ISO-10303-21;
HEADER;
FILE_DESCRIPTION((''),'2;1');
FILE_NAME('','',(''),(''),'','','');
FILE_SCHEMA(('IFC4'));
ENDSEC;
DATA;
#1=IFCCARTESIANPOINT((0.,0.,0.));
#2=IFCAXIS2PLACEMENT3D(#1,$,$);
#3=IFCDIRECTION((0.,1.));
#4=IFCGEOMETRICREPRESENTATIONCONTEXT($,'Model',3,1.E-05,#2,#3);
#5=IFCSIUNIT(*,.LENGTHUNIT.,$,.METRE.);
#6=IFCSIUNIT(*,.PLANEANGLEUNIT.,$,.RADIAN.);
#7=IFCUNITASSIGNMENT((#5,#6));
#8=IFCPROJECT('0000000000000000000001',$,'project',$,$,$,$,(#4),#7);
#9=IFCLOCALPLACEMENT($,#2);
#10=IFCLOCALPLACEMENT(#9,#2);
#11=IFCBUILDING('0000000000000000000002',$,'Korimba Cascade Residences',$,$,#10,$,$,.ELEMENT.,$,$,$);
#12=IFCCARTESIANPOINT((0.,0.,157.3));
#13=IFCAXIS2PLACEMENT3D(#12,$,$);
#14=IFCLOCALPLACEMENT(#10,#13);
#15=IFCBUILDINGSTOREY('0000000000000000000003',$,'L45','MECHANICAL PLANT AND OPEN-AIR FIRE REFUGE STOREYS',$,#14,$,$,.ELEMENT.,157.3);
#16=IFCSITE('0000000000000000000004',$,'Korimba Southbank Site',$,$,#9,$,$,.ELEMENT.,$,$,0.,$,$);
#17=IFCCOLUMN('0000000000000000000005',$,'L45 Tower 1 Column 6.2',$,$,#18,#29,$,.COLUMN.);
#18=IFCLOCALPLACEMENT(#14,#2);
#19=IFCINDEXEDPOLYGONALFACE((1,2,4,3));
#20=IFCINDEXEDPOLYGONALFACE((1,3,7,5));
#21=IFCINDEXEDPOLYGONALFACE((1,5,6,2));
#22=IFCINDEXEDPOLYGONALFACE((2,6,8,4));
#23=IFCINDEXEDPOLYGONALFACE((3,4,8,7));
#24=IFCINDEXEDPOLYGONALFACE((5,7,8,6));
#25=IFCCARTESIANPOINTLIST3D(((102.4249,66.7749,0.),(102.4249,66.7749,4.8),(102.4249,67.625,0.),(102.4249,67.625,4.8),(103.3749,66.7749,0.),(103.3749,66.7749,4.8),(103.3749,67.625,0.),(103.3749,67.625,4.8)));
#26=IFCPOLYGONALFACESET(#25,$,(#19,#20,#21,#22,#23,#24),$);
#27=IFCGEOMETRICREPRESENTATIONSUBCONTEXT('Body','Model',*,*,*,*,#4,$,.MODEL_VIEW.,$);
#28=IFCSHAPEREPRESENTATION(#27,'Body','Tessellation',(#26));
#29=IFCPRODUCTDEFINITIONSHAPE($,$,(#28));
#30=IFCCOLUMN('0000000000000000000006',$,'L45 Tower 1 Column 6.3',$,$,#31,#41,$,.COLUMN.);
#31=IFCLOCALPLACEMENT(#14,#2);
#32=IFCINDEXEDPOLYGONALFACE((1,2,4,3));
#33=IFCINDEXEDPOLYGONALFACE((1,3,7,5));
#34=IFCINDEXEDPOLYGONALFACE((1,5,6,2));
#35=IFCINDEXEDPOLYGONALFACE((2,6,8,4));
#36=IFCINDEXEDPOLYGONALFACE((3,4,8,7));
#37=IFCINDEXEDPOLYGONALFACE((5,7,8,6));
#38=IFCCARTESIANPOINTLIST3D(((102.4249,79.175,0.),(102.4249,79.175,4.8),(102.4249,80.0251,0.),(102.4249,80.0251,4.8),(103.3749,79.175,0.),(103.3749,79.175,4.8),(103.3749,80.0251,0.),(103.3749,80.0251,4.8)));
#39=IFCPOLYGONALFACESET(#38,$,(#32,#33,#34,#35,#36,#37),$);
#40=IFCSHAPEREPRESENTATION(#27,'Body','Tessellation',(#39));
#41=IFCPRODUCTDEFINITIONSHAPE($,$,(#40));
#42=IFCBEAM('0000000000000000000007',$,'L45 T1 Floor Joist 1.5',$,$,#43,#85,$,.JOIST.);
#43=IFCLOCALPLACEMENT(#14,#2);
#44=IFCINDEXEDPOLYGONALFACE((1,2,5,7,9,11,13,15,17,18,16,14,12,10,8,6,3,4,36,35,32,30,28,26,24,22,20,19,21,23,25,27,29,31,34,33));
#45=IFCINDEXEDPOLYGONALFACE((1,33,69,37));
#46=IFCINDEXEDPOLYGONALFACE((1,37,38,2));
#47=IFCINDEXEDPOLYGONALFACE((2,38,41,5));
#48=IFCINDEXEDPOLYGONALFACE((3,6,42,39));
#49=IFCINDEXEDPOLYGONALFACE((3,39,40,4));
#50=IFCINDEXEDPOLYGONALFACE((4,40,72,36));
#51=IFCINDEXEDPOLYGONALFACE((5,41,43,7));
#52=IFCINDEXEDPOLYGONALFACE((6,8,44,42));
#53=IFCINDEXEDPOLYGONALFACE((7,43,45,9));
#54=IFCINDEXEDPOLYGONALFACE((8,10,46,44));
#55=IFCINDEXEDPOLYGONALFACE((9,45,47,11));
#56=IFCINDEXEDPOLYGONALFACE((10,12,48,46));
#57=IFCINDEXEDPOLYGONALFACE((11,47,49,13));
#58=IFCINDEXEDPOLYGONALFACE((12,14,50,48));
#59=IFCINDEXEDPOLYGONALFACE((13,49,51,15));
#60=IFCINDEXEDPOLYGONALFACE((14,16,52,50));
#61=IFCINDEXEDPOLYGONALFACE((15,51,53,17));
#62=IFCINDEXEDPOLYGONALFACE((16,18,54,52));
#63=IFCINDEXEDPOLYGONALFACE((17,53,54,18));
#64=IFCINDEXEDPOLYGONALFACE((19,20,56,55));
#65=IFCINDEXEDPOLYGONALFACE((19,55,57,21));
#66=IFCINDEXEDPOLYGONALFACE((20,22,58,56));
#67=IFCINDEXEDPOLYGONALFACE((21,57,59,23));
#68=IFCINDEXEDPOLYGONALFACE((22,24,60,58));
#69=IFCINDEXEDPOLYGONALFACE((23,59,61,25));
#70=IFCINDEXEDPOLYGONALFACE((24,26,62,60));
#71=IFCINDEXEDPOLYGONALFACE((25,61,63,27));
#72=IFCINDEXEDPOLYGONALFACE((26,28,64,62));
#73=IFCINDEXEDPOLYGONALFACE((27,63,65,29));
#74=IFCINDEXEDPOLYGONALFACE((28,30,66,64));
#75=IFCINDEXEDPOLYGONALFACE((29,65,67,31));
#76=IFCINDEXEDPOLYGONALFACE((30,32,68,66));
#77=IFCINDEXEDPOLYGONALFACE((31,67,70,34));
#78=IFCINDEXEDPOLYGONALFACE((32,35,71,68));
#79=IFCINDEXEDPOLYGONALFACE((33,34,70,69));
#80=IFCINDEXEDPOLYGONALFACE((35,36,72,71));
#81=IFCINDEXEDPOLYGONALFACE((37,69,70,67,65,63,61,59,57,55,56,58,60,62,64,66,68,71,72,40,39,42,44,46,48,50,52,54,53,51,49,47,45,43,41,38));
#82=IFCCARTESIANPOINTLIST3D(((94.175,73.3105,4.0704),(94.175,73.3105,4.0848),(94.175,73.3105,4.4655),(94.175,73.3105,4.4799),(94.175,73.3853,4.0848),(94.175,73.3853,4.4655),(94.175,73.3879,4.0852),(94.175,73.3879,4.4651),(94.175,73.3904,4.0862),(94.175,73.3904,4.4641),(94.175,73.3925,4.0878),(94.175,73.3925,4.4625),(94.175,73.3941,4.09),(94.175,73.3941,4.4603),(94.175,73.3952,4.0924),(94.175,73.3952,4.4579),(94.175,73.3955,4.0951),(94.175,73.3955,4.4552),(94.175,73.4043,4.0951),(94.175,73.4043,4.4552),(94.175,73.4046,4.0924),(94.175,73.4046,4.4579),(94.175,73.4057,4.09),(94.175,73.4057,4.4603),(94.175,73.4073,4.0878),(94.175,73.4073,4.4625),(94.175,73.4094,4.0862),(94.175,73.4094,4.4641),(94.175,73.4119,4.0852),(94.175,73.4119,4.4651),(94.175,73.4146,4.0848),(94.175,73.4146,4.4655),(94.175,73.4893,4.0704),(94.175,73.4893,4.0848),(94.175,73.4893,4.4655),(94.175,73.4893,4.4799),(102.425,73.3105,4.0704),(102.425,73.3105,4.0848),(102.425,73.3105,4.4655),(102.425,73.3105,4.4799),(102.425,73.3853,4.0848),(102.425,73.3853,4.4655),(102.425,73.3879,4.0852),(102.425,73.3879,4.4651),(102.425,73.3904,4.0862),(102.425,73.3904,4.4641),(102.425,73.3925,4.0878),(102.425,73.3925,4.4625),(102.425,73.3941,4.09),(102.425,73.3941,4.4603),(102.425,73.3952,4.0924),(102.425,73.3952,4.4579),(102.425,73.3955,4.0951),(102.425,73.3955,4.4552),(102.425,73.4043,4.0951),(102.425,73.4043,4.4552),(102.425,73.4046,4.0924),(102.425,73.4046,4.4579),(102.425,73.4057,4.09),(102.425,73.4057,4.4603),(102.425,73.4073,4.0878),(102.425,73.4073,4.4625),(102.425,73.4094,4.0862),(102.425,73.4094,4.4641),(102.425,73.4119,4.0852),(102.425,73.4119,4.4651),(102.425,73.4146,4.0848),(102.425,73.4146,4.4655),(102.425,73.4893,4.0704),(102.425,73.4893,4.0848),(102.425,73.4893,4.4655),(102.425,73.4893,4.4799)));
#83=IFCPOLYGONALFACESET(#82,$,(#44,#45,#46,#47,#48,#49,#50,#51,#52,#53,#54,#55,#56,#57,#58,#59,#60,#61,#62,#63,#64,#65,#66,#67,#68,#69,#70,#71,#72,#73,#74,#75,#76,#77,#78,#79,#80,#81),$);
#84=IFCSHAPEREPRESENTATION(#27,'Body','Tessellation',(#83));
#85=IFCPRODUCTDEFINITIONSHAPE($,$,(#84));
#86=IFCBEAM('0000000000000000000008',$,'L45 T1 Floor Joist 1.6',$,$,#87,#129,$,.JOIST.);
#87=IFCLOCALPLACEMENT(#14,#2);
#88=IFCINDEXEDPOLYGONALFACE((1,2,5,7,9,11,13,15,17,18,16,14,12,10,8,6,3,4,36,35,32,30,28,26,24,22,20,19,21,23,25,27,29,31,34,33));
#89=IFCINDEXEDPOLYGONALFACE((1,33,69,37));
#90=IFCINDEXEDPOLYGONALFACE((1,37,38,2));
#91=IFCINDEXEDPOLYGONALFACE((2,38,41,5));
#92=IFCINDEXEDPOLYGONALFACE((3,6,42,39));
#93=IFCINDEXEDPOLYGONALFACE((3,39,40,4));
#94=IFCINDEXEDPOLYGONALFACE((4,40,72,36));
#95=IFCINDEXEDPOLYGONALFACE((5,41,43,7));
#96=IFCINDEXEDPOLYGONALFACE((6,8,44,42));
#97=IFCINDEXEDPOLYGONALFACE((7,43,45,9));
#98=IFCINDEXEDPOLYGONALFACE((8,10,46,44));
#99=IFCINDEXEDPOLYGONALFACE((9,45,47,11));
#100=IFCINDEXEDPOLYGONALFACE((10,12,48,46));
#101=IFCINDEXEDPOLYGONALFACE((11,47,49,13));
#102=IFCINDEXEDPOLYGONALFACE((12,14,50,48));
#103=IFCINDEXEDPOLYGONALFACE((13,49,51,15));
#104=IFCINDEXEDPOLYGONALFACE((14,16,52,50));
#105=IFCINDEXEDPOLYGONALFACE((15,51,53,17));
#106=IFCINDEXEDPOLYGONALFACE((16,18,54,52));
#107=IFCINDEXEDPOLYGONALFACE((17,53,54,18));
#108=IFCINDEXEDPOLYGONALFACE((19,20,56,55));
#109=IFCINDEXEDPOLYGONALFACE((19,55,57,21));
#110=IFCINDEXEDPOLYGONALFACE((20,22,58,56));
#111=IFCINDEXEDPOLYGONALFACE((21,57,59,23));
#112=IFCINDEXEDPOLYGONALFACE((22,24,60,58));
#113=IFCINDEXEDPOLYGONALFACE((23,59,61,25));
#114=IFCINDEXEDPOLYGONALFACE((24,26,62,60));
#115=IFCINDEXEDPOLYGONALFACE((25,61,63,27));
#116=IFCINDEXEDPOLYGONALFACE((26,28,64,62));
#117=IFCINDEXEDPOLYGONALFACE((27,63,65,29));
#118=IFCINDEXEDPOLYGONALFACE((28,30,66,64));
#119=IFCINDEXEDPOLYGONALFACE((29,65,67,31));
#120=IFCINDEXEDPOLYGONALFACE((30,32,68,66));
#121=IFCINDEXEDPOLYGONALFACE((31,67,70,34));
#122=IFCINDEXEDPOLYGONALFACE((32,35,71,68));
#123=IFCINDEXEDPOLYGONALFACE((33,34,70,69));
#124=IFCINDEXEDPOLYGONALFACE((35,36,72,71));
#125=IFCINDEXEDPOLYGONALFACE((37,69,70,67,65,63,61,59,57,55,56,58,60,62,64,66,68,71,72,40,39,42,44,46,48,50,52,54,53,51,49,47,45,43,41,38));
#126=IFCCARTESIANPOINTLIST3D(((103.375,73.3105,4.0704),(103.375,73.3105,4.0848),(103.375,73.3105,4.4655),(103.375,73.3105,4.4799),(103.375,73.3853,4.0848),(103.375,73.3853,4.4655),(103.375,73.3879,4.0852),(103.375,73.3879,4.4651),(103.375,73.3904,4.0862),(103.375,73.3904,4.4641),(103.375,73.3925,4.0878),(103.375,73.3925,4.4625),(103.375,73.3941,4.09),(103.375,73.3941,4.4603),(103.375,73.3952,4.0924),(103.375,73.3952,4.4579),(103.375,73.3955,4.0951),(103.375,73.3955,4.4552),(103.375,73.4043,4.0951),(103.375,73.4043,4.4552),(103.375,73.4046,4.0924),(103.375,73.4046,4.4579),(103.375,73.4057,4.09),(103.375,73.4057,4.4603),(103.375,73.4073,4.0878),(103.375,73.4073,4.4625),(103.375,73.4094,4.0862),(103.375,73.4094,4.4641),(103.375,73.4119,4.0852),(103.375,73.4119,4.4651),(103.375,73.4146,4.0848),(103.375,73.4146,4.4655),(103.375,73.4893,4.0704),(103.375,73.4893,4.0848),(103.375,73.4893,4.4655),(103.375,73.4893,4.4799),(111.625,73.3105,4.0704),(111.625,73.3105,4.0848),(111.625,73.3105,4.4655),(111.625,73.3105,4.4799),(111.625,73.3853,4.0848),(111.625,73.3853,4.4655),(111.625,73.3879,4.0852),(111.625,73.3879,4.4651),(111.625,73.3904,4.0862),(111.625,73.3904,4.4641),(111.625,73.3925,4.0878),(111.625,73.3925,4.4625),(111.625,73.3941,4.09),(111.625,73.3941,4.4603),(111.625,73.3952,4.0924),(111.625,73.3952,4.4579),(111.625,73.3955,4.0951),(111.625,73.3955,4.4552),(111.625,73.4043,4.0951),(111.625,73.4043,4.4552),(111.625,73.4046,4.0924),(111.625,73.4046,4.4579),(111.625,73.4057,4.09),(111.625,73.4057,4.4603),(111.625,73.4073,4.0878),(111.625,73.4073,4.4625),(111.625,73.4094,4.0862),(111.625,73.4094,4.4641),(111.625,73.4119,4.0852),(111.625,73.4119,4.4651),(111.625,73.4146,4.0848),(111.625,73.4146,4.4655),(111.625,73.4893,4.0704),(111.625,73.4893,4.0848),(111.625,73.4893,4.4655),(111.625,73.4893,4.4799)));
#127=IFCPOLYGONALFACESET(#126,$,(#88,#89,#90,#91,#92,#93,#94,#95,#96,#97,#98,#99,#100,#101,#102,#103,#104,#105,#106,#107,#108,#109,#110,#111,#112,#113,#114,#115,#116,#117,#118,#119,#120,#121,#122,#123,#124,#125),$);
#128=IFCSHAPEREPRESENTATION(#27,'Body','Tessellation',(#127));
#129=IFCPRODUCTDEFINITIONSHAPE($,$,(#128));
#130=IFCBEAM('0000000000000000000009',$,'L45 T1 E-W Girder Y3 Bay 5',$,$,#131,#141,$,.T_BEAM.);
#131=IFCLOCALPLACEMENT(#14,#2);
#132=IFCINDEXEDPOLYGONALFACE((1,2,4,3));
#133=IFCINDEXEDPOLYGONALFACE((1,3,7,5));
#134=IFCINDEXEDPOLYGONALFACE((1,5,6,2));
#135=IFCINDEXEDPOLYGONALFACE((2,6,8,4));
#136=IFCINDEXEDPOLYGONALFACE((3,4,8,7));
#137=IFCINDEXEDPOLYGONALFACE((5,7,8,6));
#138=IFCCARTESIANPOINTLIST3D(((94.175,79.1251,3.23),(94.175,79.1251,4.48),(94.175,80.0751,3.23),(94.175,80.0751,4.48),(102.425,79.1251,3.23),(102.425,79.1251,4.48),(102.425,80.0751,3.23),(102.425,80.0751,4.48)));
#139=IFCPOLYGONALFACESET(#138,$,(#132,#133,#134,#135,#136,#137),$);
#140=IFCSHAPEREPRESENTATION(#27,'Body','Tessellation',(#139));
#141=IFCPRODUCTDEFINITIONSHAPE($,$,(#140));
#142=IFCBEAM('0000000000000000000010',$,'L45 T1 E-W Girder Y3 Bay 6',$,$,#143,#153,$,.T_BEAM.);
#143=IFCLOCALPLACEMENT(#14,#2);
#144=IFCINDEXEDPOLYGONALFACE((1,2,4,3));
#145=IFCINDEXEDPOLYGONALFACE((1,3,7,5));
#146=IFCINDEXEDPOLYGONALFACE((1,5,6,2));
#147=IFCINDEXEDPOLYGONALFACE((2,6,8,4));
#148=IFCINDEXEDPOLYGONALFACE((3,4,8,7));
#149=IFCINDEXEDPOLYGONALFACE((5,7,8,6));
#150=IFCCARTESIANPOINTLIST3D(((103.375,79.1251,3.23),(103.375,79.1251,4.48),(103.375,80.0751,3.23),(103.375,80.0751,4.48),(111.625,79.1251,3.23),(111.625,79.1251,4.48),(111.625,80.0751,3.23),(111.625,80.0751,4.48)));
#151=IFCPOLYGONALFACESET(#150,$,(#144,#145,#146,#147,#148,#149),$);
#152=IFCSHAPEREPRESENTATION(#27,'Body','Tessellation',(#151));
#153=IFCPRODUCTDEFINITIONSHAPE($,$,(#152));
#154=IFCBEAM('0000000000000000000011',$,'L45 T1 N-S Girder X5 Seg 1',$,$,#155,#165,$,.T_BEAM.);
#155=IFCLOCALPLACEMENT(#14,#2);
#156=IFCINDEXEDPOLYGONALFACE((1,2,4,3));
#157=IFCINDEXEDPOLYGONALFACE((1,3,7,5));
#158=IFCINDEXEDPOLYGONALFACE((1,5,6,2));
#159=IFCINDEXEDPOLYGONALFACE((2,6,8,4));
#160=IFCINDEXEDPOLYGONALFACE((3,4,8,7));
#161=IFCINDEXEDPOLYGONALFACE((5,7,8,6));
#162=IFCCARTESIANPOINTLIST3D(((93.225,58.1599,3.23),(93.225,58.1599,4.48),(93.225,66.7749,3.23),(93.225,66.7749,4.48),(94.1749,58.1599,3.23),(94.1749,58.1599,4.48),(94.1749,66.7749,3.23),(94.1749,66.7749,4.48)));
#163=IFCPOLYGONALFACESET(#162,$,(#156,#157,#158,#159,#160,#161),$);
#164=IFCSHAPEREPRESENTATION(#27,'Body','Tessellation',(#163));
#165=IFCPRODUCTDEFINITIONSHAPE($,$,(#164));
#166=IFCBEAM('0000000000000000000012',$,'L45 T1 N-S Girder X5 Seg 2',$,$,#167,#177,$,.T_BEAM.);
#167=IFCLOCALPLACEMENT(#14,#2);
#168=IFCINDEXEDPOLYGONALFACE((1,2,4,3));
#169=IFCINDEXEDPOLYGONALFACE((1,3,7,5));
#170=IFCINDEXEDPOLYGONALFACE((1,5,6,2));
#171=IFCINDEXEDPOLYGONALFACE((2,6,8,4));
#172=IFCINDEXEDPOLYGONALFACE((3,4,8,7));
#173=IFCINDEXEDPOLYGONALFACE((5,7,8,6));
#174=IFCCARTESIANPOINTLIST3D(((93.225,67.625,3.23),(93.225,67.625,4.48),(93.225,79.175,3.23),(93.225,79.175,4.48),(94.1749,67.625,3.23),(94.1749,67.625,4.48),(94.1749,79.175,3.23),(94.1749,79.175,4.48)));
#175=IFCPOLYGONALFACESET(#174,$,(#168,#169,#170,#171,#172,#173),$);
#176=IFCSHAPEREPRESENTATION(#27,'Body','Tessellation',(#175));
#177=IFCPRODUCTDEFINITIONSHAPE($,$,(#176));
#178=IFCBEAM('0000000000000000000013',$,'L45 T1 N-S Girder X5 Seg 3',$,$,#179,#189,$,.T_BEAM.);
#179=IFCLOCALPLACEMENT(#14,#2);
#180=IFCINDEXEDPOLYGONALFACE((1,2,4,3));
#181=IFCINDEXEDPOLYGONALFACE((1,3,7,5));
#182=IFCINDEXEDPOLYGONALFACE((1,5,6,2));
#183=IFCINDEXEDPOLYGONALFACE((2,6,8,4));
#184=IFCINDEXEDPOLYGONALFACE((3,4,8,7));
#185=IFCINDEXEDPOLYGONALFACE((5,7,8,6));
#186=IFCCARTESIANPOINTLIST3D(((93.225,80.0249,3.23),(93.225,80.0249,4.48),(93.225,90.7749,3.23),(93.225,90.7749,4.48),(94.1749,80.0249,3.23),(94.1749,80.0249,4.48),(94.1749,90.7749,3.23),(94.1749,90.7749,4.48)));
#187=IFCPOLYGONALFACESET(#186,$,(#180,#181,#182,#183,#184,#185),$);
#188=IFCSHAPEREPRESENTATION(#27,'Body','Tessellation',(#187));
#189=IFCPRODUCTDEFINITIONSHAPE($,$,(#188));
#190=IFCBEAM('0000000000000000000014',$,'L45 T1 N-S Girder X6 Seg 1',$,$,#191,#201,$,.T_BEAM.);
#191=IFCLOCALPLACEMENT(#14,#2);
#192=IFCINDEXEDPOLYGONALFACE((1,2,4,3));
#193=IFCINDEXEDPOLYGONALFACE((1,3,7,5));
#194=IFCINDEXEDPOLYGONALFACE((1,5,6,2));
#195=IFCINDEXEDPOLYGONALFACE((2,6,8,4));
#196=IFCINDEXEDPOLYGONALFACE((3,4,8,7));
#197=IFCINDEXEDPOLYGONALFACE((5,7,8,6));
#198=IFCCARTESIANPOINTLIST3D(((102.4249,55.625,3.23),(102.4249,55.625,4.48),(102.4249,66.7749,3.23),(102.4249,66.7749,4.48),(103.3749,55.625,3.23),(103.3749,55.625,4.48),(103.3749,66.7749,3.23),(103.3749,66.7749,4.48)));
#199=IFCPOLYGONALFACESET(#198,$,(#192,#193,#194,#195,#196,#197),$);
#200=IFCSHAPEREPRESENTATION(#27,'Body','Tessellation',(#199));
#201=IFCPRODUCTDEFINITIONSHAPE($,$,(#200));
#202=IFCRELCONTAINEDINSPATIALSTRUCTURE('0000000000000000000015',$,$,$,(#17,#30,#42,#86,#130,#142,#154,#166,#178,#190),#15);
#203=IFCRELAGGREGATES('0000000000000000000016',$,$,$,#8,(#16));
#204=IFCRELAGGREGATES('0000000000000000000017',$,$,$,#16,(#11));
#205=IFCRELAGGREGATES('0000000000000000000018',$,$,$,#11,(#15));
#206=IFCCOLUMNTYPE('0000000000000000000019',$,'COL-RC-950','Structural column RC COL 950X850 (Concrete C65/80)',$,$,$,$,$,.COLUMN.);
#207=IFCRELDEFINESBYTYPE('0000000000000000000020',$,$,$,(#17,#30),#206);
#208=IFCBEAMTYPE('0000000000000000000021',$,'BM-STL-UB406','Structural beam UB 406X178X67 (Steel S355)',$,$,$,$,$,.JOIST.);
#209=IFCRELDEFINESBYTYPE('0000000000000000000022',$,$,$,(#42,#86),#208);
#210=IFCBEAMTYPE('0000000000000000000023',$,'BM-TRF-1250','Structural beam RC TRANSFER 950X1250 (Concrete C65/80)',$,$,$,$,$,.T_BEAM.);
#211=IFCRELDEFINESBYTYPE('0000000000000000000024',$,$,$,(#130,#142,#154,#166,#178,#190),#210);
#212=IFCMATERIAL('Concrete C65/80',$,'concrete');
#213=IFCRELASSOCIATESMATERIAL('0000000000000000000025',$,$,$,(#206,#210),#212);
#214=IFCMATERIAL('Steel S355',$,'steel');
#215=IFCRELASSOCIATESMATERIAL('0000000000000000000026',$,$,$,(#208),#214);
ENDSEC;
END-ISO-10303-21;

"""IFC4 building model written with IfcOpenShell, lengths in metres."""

from ifc_helpers import new_model, si_unit, direction, frame, origin, origin_2d, place, context, subcontext, project, spatial, rectangle, i_section, extrude, material, material_profile, profile_set, type_object, element, save


model = new_model("IFC4")

# Units and contexts
model_context = context("Model", 3, precision=1e-05, world=origin(), true_north=direction((0.0, 1.0)))
body_context = subcontext(model_context, "Body", "Model", "MODEL_VIEW")
ifc_project = project(units=[si_unit("LENGTHUNIT", "METRE"), si_unit("PLANEANGLEUNIT", "RADIAN")], contexts=[model_context])

# Site, building, storey
site_placement = place(None, origin())
site = spatial("IfcSite", under=ifc_project, at=site_placement, Name="Korimba Southbank Site", CompositionType="ELEMENT", RefElevation=0.0)
building_placement = place(site_placement, origin())
building = spatial("IfcBuilding", under=site, at=building_placement, Name="Korimba Cascade Residences", CompositionType="ELEMENT")
storey_placement = place(building_placement, frame((0.0, 0.0, 157.3)))
storey = spatial("IfcBuildingStorey", under=building, at=storey_placement, Name="L45", Description="MECHANICAL PLANT AND OPEN-AIR FIRE REFUGE STOREYS", CompositionType="ELEMENT", Elevation=157.3)

# Columns
ifc_material_1 = material(Name="Concrete C65/80", Category="concrete")
ifc_material_profile_1 = material_profile(ifc_material_1, rectangle(XDim=0.95, YDim=0.8501, at=origin_2d()), Name="Concrete C65/80")
ifc_profile_set_1 = profile_set([ifc_material_profile_1], Name="Concrete C65/80")
column_type = type_object("IfcColumnType", Name="COL-RC-950", Description="Structural column RC COL 950X850 (Concrete C65/80)", PredefinedType="COLUMN", material=ifc_profile_set_1)
for number, where, z_axis, x_axis, name in (
    (1, (102.8999, 67.2, 0.0), (0.0, 0.0, 1.0), (1.0, 0.0, 0.0), "L45 Tower 1 Column 6.2"),
    (2, (102.8999, 79.6001, 0.0), (0.0, 0.0, 1.0), (1.0, 0.0, 0.0), "L45 Tower 1 Column 6.3"),
):
    element("IfcColumn", number, at=place(storey_placement, frame(where, z_axis=z_axis, x_axis=x_axis)), inside=storey, type_object=column_type, Name=name, PredefinedType="COLUMN", context=body_context, shape_type="SweptSolid", body=[
        extrude(rectangle(XDim=0.95, YDim=0.8501, at=origin_2d()), origin(), (0.0, 0.0, 1.0), 4.8),
    ])

# Beams
ifc_material_2 = material(Name="Steel S355", Category="steel")
ifc_material_profile_2 = material_profile(ifc_material_2, i_section(OverallWidth=0.1787, OverallDepth=0.4094, WebThickness=0.0088, FlangeThickness=0.0144, FilletRadius=0.0103, at=origin_2d()), Name="Steel S355")
ifc_profile_set_2 = profile_set([ifc_material_profile_2], Name="Steel S355")
beam_type_1 = type_object("IfcBeamType", Name="BM-STL-UB406", Description="Structural beam UB 406X178X67 (Steel S355)", PredefinedType="JOIST", material=ifc_profile_set_2)
for number, where, z_axis, x_axis, name in (
    (3, (94.175, 73.3999, 4.2751), (1.0, 0.0, 0.0), (0.0, 1.0, 0.0), "L45 T1 Floor Joist 1.5"),
    (4, (103.375, 73.3999, 4.2751), (1.0, 0.0, 0.0), (0.0, 1.0, 0.0), "L45 T1 Floor Joist 1.6"),
):
    element("IfcBeam", number, at=place(storey_placement, frame(where, z_axis=z_axis, x_axis=x_axis)), inside=storey, type_object=beam_type_1, Name=name, PredefinedType="JOIST", context=body_context, shape_type="SweptSolid", body=[
        extrude(i_section(OverallWidth=0.1787, OverallDepth=0.4094, WebThickness=0.0088, FlangeThickness=0.0144, FilletRadius=0.0103, at=origin_2d()), origin(), (0.0, 0.0, 1.0), 8.25),
    ])
ifc_material_profile_3 = material_profile(ifc_material_1, rectangle(XDim=0.95, YDim=1.25, at=origin_2d()), Name="Concrete C65/80")
ifc_profile_set_3 = profile_set([ifc_material_profile_3], Name="Concrete C65/80")
beam_type_2 = type_object("IfcBeamType", Name="BM-TRF-1250", Description="Structural beam RC TRANSFER 950X1250 (Concrete C65/80)", PredefinedType="T_BEAM", material=ifc_profile_set_3)
for number, where, z_axis, x_axis, name in (
    (5, (94.175, 79.6001, 3.855), (1.0, 0.0, 0.0), (0.0, 1.0, 0.0), "L45 T1 E-W Girder Y3 Bay 5"),
    (6, (103.375, 79.6001, 3.855), (1.0, 0.0, 0.0), (0.0, 1.0, 0.0), "L45 T1 E-W Girder Y3 Bay 6"),
):
    element("IfcBeam", number, at=place(storey_placement, frame(where, z_axis=z_axis, x_axis=x_axis)), inside=storey, type_object=beam_type_2, Name=name, PredefinedType="T_BEAM", context=body_context, shape_type="SweptSolid", body=[
        extrude(rectangle(XDim=0.95, YDim=1.25, at=origin_2d()), origin(), (0.0, 0.0, 1.0), 8.25),
    ])
beam_1_placement = place(storey_placement, frame((93.7, 58.1599, 3.855), z_axis=(0.0, 1.0, 0.0), x_axis=(-1.0, 0.0, 0.0)))
element("IfcBeam", 7, at=beam_1_placement, inside=storey, type_object=beam_type_2, Name="L45 T1 N-S Girder X5 Seg 1", PredefinedType="T_BEAM", context=body_context, shape_type="SweptSolid", body=[
    extrude(rectangle(XDim=0.95, YDim=1.25, at=origin_2d()), origin(), (0.0, 0.0, 1.0), 8.615),
])
beam_2_placement = place(storey_placement, frame((93.7, 67.625, 3.855), z_axis=(0.0, 1.0, 0.0), x_axis=(-1.0, 0.0, 0.0)))
element("IfcBeam", 8, at=beam_2_placement, inside=storey, type_object=beam_type_2, Name="L45 T1 N-S Girder X5 Seg 2", PredefinedType="T_BEAM", context=body_context, shape_type="SweptSolid", body=[
    extrude(rectangle(XDim=0.95, YDim=1.25, at=origin_2d()), origin(), (0.0, 0.0, 1.0), 11.55),
])
beam_3_placement = place(storey_placement, frame((93.7, 80.0249, 3.855), z_axis=(0.0, 1.0, 0.0), x_axis=(-1.0, 0.0, 0.0)))
element("IfcBeam", 9, at=beam_3_placement, inside=storey, type_object=beam_type_2, Name="L45 T1 N-S Girder X5 Seg 3", PredefinedType="T_BEAM", context=body_context, shape_type="SweptSolid", body=[
    extrude(rectangle(XDim=0.95, YDim=1.25, at=origin_2d()), origin(), (0.0, 0.0, 1.0), 10.75),
])
beam_4_placement = place(storey_placement, frame((102.8999, 55.625, 3.855), z_axis=(0.0, 1.0, 0.0), x_axis=(-1.0, 0.0, 0.0)))
element("IfcBeam", 10, at=beam_4_placement, inside=storey, type_object=beam_type_2, Name="L45 T1 N-S Girder X6 Seg 1", PredefinedType="T_BEAM", context=body_context, shape_type="SweptSolid", body=[
    extrude(rectangle(XDim=0.95, YDim=1.25, at=origin_2d()), origin(), (0.0, 0.0, 1.0), 11.1499),
])

save(model, "model.ifc")
